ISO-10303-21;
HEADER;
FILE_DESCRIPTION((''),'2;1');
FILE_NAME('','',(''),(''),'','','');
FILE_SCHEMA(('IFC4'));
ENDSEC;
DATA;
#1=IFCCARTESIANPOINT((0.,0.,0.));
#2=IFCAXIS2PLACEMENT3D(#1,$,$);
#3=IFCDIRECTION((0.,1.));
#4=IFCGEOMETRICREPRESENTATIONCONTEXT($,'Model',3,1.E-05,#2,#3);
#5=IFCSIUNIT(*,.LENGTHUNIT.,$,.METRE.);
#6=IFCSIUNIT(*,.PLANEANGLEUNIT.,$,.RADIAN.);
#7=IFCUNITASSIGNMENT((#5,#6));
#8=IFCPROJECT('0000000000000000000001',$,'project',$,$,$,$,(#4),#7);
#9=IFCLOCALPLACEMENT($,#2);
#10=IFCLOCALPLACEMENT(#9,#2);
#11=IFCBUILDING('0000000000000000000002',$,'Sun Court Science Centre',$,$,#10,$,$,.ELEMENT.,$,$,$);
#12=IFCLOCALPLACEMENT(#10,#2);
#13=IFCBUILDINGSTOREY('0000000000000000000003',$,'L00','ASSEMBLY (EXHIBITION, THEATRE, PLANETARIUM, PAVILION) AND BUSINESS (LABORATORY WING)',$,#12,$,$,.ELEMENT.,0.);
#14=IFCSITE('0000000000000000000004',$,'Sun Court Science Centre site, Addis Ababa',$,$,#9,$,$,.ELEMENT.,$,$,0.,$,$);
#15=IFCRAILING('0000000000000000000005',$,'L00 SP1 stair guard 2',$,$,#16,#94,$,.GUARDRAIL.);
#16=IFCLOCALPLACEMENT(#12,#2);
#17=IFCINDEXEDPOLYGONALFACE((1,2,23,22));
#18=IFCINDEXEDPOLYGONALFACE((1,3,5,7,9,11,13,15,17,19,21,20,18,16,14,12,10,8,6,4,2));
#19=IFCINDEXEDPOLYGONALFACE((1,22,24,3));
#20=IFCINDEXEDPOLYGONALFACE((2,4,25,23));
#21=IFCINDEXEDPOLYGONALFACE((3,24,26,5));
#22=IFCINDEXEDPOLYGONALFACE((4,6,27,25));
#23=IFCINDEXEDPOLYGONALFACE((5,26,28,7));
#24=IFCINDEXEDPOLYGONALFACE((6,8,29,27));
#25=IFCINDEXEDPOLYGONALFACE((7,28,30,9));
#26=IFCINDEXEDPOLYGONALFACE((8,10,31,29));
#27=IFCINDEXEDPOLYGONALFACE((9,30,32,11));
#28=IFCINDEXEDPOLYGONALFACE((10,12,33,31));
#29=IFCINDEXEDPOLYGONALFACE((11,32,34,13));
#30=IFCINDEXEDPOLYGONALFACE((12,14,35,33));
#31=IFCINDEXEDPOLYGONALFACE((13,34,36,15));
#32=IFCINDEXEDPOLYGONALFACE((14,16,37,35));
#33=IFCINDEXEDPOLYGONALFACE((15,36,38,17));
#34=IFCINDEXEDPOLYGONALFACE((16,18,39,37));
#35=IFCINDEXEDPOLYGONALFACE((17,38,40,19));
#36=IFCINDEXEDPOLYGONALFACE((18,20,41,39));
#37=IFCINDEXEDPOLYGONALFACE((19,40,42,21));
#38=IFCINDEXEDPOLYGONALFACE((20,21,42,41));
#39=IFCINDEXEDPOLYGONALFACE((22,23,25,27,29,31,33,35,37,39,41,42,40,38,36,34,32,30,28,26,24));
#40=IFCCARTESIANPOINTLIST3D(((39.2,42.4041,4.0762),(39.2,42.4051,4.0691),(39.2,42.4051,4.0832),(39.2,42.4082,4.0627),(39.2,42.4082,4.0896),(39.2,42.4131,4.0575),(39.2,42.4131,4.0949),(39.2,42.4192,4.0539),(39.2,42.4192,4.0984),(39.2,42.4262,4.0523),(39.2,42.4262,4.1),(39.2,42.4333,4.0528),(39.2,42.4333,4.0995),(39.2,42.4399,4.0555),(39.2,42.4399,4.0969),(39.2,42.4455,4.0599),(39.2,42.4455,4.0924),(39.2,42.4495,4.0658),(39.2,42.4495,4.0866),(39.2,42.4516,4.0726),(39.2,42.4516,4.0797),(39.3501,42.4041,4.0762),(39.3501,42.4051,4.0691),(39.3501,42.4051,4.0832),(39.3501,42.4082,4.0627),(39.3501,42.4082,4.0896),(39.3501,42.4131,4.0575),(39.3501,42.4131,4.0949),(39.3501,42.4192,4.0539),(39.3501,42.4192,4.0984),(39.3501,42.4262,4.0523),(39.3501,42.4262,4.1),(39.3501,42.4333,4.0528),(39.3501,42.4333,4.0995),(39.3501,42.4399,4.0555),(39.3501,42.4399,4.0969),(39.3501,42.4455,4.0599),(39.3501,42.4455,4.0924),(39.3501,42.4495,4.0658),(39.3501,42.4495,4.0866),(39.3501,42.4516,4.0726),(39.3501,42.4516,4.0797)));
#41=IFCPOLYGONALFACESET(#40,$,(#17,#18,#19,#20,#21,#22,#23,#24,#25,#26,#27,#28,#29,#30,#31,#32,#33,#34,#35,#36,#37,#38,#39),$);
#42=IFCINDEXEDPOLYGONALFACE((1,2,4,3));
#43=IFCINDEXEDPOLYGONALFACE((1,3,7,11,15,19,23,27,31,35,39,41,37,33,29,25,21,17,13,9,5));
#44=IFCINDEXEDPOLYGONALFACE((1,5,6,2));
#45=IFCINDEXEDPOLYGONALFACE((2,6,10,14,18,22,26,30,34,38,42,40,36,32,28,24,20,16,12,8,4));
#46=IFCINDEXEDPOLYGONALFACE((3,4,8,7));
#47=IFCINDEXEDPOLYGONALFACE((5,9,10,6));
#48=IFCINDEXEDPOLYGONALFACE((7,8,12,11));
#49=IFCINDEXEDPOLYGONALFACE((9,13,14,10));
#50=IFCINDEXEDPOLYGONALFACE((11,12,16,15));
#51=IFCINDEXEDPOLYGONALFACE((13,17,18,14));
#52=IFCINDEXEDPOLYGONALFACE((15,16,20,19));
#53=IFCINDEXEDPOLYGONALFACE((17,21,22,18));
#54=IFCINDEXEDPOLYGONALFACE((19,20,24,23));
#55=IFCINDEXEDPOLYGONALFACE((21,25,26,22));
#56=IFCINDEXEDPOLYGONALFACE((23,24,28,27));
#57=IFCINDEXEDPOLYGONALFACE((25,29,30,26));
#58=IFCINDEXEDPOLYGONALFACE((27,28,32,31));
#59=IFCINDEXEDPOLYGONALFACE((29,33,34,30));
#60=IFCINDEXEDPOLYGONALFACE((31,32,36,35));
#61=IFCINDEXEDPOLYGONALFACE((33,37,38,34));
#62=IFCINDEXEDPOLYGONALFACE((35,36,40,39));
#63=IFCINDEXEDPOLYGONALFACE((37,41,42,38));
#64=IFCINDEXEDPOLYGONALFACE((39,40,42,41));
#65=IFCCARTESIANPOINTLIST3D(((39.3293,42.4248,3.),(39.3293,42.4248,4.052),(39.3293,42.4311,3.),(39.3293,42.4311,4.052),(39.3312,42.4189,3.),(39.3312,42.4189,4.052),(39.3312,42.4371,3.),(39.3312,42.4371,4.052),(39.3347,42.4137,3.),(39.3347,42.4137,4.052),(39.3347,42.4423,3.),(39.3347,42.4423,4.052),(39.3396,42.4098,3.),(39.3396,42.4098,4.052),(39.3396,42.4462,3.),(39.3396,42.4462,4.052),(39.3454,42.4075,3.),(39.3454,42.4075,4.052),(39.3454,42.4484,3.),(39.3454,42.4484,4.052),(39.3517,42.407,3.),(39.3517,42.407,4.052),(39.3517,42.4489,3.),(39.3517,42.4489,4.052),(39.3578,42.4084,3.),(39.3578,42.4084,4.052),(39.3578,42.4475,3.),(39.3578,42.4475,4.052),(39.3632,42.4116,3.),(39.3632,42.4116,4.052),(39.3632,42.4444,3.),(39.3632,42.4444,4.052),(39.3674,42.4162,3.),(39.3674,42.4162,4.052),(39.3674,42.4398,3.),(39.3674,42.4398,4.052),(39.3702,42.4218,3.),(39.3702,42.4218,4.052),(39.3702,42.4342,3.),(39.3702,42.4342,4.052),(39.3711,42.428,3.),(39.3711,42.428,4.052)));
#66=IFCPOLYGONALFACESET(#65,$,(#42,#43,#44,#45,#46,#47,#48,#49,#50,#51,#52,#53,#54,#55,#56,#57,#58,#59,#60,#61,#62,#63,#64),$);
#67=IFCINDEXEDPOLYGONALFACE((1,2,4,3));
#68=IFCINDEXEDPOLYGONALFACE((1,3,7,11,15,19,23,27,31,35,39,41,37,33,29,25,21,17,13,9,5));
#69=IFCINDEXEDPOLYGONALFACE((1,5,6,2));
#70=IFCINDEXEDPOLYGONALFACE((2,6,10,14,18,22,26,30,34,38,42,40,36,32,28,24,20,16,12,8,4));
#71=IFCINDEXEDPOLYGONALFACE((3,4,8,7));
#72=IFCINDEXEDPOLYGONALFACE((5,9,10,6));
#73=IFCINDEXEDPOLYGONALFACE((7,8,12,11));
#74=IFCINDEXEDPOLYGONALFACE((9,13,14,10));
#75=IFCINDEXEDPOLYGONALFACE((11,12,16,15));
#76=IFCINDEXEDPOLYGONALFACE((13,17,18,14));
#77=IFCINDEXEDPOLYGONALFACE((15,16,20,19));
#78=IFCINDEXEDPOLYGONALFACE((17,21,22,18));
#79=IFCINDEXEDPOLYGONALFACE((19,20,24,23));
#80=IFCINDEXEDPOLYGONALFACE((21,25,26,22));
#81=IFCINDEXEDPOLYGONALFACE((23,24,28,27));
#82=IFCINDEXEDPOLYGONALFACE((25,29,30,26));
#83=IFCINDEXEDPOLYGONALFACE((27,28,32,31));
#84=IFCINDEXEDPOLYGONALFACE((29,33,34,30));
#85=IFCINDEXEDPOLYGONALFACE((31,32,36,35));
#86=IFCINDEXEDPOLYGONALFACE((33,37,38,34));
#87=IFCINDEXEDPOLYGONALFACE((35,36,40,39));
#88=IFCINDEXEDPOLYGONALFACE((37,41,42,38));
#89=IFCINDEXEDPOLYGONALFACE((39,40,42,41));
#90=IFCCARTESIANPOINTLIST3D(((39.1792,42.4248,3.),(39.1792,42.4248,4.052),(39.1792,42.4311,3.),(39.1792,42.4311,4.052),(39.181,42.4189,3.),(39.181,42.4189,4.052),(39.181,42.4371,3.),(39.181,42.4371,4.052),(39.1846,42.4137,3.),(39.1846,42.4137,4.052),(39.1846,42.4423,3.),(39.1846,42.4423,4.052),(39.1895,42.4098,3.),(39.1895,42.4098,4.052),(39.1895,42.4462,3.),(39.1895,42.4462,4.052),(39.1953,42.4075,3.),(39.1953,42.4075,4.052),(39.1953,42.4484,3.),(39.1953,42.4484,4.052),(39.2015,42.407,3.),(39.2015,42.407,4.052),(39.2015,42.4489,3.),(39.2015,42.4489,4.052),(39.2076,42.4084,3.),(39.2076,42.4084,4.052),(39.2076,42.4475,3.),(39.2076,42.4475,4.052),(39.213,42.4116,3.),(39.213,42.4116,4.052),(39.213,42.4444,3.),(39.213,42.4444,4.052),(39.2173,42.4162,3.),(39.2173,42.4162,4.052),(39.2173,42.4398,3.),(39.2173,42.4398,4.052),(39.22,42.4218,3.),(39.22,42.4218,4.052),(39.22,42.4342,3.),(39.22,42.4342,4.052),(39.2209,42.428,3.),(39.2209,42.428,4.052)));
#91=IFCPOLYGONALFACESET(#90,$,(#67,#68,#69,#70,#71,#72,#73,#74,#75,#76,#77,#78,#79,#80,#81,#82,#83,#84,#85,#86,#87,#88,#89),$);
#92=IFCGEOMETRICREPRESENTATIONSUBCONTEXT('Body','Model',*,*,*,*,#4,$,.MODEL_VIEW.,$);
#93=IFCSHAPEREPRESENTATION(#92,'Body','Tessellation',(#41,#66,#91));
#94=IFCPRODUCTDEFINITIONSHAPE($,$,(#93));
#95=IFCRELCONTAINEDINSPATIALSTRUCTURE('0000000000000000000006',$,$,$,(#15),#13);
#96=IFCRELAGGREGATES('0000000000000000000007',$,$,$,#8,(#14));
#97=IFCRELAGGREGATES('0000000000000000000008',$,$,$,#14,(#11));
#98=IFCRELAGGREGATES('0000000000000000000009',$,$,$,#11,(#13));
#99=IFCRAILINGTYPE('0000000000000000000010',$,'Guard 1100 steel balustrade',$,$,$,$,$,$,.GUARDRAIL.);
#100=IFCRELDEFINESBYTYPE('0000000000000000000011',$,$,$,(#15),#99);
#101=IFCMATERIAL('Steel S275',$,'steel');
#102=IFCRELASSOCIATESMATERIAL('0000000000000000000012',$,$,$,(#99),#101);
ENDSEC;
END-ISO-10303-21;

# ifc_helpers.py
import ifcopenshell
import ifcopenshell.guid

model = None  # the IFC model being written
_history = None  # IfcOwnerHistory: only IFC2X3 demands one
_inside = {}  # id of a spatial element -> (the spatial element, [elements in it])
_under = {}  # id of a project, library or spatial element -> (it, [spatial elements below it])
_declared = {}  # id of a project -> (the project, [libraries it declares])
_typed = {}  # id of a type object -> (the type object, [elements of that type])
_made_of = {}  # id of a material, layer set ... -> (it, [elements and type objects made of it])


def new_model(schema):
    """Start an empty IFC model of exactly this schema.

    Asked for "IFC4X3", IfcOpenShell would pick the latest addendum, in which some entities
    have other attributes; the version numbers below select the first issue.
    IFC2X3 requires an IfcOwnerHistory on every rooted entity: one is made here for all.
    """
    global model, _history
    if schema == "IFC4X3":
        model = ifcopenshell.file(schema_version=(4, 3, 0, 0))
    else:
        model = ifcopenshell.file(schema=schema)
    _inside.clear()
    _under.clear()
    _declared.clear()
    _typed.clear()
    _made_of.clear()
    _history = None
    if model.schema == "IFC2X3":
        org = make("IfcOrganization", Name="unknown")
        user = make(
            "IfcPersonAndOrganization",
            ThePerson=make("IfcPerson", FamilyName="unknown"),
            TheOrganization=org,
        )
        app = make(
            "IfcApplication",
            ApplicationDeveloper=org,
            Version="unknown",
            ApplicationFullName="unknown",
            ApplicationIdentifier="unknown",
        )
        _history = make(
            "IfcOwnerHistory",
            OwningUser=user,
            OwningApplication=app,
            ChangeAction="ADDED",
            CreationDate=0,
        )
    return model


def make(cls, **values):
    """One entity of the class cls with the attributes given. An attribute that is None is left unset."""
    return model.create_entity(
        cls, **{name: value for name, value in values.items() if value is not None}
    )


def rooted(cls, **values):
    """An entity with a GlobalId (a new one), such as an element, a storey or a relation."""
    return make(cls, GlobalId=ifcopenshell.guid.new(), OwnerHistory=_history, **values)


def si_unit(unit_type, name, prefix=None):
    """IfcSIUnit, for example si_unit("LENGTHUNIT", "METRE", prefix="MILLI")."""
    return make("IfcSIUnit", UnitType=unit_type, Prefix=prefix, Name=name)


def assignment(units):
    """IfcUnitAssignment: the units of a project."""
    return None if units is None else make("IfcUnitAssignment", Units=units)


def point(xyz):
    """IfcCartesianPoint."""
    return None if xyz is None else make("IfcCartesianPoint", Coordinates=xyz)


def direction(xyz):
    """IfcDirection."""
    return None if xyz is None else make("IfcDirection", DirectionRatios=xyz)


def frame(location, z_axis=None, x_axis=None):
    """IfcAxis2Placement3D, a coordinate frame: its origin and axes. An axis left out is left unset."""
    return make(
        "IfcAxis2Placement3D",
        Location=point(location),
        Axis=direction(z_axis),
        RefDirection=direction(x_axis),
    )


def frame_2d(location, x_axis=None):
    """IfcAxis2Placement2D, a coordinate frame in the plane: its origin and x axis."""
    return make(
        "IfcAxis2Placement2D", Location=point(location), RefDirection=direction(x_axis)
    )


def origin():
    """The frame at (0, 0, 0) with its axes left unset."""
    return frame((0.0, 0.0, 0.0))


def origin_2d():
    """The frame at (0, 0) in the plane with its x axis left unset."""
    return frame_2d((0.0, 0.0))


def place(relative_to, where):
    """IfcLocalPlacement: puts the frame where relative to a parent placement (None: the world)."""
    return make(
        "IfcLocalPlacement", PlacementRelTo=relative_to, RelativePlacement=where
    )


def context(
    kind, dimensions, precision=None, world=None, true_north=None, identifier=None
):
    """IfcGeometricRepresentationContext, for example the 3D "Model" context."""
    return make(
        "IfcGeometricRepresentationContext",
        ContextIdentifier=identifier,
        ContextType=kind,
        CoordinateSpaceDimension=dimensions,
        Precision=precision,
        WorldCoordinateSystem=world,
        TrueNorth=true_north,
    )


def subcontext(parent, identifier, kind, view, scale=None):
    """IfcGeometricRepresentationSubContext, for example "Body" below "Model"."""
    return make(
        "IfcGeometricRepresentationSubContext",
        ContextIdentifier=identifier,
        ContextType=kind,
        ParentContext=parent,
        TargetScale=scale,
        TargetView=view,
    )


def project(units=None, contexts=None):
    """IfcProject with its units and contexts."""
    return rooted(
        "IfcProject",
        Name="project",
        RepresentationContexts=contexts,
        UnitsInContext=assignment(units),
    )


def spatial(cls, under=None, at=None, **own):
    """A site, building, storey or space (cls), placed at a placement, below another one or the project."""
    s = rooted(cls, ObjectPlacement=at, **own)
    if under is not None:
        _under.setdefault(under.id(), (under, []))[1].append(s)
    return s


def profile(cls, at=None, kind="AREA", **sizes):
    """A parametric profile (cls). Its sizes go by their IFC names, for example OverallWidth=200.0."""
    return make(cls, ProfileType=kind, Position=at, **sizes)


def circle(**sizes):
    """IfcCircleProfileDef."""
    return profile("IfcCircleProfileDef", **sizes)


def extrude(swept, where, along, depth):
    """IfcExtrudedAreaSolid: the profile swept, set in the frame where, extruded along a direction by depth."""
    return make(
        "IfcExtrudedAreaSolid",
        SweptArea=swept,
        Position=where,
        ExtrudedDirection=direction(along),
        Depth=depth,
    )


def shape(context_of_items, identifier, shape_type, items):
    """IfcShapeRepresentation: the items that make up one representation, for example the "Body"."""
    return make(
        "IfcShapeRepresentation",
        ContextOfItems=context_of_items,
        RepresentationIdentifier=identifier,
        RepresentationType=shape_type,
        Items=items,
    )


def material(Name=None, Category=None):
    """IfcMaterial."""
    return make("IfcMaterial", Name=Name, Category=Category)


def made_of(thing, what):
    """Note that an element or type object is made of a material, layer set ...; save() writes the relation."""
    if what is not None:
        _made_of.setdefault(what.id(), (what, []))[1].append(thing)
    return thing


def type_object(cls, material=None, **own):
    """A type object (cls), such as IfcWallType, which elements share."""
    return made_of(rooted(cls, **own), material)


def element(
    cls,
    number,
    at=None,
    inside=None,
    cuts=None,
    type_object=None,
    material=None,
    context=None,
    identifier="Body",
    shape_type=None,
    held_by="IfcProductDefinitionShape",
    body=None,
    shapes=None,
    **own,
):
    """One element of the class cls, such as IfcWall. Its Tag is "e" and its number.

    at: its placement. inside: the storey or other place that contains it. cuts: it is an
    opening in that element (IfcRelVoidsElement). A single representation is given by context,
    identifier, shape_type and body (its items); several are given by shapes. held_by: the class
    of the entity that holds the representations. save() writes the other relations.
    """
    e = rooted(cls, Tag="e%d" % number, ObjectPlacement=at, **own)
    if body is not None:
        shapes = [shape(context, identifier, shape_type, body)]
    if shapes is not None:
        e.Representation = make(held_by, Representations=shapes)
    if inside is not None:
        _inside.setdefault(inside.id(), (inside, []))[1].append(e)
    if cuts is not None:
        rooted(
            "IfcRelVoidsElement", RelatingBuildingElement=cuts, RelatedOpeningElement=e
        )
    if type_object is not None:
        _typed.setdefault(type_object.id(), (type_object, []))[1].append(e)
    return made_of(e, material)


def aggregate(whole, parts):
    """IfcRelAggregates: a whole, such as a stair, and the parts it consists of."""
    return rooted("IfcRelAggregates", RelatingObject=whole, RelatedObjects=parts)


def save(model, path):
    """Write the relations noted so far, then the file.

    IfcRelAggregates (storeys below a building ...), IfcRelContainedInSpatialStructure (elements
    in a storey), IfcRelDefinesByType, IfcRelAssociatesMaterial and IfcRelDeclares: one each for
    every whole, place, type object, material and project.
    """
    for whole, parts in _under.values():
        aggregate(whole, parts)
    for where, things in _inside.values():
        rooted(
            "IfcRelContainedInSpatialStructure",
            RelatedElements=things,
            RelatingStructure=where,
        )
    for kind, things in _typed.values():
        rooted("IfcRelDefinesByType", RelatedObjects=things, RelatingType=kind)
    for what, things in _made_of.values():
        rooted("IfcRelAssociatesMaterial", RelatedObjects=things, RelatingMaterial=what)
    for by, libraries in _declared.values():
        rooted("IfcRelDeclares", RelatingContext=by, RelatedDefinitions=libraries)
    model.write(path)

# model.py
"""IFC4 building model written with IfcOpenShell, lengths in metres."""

from ifc_helpers import new_model, si_unit, direction, frame, origin, origin_2d, place, context, subcontext, project, spatial, circle, extrude, material, type_object, element, save


model = new_model("IFC4")

# Units and contexts
model_context = context("Model", 3, precision=1e-05, world=origin(), true_north=direction((0.0, 1.0)))
body_context = subcontext(model_context, "Body", "Model", "MODEL_VIEW")
ifc_project = project(units=[si_unit("LENGTHUNIT", "METRE"), si_unit("PLANEANGLEUNIT", "RADIAN")], contexts=[model_context])

# Site, building, storey
site_placement = place(None, origin())
site = spatial("IfcSite", under=ifc_project, at=site_placement, Name="Sun Court Science Centre site, Addis Ababa", CompositionType="ELEMENT", RefElevation=0.0)
building_placement = place(site_placement, origin())
building = spatial("IfcBuilding", under=site, at=building_placement, Name="Sun Court Science Centre", CompositionType="ELEMENT")
storey_placement = place(building_placement, origin())
storey = spatial("IfcBuildingStorey", under=building, at=storey_placement, Name="L00", Description="ASSEMBLY (EXHIBITION, THEATRE, PLANETARIUM, PAVILION) AND BUSINESS (LABORATORY WING)", CompositionType="ELEMENT", Elevation=0.0)

# Railing
ifc_material_1 = material(Name="Steel S275", Category="steel")
railing_type_1 = type_object("IfcRailingType", Name="Guard 1100 steel balustrade", PredefinedType="GUARDRAIL", material=ifc_material_1)
railing_1_placement = place(storey_placement, frame((39.3501, 42.428, 3.0)))
element("IfcRailing", 1, at=railing_1_placement, inside=storey, type_object=railing_type_1, Name="L00 SP1 stair guard 2", PredefinedType="GUARDRAIL", context=body_context, shape_type="SweptSolid", body=[
    extrude(circle(Radius=0.0239, at=origin_2d()), frame((0.0, 0.0, 1.0762), z_axis=(-1.0, 0.0, 0.0), x_axis=(0.0, -1.0, 0.0)), (0.0, 0.0, 1.0), 0.1501),
    extrude(circle(Radius=0.021, at=origin_2d()), origin(), (0.0, 0.0, 1.0), 1.052),
    extrude(circle(Radius=0.021, at=origin_2d()), frame((-0.1501, 0.0, 0.0)), (0.0, 0.0, 1.0), 1.052),
])

save(model, "model.ifc")
